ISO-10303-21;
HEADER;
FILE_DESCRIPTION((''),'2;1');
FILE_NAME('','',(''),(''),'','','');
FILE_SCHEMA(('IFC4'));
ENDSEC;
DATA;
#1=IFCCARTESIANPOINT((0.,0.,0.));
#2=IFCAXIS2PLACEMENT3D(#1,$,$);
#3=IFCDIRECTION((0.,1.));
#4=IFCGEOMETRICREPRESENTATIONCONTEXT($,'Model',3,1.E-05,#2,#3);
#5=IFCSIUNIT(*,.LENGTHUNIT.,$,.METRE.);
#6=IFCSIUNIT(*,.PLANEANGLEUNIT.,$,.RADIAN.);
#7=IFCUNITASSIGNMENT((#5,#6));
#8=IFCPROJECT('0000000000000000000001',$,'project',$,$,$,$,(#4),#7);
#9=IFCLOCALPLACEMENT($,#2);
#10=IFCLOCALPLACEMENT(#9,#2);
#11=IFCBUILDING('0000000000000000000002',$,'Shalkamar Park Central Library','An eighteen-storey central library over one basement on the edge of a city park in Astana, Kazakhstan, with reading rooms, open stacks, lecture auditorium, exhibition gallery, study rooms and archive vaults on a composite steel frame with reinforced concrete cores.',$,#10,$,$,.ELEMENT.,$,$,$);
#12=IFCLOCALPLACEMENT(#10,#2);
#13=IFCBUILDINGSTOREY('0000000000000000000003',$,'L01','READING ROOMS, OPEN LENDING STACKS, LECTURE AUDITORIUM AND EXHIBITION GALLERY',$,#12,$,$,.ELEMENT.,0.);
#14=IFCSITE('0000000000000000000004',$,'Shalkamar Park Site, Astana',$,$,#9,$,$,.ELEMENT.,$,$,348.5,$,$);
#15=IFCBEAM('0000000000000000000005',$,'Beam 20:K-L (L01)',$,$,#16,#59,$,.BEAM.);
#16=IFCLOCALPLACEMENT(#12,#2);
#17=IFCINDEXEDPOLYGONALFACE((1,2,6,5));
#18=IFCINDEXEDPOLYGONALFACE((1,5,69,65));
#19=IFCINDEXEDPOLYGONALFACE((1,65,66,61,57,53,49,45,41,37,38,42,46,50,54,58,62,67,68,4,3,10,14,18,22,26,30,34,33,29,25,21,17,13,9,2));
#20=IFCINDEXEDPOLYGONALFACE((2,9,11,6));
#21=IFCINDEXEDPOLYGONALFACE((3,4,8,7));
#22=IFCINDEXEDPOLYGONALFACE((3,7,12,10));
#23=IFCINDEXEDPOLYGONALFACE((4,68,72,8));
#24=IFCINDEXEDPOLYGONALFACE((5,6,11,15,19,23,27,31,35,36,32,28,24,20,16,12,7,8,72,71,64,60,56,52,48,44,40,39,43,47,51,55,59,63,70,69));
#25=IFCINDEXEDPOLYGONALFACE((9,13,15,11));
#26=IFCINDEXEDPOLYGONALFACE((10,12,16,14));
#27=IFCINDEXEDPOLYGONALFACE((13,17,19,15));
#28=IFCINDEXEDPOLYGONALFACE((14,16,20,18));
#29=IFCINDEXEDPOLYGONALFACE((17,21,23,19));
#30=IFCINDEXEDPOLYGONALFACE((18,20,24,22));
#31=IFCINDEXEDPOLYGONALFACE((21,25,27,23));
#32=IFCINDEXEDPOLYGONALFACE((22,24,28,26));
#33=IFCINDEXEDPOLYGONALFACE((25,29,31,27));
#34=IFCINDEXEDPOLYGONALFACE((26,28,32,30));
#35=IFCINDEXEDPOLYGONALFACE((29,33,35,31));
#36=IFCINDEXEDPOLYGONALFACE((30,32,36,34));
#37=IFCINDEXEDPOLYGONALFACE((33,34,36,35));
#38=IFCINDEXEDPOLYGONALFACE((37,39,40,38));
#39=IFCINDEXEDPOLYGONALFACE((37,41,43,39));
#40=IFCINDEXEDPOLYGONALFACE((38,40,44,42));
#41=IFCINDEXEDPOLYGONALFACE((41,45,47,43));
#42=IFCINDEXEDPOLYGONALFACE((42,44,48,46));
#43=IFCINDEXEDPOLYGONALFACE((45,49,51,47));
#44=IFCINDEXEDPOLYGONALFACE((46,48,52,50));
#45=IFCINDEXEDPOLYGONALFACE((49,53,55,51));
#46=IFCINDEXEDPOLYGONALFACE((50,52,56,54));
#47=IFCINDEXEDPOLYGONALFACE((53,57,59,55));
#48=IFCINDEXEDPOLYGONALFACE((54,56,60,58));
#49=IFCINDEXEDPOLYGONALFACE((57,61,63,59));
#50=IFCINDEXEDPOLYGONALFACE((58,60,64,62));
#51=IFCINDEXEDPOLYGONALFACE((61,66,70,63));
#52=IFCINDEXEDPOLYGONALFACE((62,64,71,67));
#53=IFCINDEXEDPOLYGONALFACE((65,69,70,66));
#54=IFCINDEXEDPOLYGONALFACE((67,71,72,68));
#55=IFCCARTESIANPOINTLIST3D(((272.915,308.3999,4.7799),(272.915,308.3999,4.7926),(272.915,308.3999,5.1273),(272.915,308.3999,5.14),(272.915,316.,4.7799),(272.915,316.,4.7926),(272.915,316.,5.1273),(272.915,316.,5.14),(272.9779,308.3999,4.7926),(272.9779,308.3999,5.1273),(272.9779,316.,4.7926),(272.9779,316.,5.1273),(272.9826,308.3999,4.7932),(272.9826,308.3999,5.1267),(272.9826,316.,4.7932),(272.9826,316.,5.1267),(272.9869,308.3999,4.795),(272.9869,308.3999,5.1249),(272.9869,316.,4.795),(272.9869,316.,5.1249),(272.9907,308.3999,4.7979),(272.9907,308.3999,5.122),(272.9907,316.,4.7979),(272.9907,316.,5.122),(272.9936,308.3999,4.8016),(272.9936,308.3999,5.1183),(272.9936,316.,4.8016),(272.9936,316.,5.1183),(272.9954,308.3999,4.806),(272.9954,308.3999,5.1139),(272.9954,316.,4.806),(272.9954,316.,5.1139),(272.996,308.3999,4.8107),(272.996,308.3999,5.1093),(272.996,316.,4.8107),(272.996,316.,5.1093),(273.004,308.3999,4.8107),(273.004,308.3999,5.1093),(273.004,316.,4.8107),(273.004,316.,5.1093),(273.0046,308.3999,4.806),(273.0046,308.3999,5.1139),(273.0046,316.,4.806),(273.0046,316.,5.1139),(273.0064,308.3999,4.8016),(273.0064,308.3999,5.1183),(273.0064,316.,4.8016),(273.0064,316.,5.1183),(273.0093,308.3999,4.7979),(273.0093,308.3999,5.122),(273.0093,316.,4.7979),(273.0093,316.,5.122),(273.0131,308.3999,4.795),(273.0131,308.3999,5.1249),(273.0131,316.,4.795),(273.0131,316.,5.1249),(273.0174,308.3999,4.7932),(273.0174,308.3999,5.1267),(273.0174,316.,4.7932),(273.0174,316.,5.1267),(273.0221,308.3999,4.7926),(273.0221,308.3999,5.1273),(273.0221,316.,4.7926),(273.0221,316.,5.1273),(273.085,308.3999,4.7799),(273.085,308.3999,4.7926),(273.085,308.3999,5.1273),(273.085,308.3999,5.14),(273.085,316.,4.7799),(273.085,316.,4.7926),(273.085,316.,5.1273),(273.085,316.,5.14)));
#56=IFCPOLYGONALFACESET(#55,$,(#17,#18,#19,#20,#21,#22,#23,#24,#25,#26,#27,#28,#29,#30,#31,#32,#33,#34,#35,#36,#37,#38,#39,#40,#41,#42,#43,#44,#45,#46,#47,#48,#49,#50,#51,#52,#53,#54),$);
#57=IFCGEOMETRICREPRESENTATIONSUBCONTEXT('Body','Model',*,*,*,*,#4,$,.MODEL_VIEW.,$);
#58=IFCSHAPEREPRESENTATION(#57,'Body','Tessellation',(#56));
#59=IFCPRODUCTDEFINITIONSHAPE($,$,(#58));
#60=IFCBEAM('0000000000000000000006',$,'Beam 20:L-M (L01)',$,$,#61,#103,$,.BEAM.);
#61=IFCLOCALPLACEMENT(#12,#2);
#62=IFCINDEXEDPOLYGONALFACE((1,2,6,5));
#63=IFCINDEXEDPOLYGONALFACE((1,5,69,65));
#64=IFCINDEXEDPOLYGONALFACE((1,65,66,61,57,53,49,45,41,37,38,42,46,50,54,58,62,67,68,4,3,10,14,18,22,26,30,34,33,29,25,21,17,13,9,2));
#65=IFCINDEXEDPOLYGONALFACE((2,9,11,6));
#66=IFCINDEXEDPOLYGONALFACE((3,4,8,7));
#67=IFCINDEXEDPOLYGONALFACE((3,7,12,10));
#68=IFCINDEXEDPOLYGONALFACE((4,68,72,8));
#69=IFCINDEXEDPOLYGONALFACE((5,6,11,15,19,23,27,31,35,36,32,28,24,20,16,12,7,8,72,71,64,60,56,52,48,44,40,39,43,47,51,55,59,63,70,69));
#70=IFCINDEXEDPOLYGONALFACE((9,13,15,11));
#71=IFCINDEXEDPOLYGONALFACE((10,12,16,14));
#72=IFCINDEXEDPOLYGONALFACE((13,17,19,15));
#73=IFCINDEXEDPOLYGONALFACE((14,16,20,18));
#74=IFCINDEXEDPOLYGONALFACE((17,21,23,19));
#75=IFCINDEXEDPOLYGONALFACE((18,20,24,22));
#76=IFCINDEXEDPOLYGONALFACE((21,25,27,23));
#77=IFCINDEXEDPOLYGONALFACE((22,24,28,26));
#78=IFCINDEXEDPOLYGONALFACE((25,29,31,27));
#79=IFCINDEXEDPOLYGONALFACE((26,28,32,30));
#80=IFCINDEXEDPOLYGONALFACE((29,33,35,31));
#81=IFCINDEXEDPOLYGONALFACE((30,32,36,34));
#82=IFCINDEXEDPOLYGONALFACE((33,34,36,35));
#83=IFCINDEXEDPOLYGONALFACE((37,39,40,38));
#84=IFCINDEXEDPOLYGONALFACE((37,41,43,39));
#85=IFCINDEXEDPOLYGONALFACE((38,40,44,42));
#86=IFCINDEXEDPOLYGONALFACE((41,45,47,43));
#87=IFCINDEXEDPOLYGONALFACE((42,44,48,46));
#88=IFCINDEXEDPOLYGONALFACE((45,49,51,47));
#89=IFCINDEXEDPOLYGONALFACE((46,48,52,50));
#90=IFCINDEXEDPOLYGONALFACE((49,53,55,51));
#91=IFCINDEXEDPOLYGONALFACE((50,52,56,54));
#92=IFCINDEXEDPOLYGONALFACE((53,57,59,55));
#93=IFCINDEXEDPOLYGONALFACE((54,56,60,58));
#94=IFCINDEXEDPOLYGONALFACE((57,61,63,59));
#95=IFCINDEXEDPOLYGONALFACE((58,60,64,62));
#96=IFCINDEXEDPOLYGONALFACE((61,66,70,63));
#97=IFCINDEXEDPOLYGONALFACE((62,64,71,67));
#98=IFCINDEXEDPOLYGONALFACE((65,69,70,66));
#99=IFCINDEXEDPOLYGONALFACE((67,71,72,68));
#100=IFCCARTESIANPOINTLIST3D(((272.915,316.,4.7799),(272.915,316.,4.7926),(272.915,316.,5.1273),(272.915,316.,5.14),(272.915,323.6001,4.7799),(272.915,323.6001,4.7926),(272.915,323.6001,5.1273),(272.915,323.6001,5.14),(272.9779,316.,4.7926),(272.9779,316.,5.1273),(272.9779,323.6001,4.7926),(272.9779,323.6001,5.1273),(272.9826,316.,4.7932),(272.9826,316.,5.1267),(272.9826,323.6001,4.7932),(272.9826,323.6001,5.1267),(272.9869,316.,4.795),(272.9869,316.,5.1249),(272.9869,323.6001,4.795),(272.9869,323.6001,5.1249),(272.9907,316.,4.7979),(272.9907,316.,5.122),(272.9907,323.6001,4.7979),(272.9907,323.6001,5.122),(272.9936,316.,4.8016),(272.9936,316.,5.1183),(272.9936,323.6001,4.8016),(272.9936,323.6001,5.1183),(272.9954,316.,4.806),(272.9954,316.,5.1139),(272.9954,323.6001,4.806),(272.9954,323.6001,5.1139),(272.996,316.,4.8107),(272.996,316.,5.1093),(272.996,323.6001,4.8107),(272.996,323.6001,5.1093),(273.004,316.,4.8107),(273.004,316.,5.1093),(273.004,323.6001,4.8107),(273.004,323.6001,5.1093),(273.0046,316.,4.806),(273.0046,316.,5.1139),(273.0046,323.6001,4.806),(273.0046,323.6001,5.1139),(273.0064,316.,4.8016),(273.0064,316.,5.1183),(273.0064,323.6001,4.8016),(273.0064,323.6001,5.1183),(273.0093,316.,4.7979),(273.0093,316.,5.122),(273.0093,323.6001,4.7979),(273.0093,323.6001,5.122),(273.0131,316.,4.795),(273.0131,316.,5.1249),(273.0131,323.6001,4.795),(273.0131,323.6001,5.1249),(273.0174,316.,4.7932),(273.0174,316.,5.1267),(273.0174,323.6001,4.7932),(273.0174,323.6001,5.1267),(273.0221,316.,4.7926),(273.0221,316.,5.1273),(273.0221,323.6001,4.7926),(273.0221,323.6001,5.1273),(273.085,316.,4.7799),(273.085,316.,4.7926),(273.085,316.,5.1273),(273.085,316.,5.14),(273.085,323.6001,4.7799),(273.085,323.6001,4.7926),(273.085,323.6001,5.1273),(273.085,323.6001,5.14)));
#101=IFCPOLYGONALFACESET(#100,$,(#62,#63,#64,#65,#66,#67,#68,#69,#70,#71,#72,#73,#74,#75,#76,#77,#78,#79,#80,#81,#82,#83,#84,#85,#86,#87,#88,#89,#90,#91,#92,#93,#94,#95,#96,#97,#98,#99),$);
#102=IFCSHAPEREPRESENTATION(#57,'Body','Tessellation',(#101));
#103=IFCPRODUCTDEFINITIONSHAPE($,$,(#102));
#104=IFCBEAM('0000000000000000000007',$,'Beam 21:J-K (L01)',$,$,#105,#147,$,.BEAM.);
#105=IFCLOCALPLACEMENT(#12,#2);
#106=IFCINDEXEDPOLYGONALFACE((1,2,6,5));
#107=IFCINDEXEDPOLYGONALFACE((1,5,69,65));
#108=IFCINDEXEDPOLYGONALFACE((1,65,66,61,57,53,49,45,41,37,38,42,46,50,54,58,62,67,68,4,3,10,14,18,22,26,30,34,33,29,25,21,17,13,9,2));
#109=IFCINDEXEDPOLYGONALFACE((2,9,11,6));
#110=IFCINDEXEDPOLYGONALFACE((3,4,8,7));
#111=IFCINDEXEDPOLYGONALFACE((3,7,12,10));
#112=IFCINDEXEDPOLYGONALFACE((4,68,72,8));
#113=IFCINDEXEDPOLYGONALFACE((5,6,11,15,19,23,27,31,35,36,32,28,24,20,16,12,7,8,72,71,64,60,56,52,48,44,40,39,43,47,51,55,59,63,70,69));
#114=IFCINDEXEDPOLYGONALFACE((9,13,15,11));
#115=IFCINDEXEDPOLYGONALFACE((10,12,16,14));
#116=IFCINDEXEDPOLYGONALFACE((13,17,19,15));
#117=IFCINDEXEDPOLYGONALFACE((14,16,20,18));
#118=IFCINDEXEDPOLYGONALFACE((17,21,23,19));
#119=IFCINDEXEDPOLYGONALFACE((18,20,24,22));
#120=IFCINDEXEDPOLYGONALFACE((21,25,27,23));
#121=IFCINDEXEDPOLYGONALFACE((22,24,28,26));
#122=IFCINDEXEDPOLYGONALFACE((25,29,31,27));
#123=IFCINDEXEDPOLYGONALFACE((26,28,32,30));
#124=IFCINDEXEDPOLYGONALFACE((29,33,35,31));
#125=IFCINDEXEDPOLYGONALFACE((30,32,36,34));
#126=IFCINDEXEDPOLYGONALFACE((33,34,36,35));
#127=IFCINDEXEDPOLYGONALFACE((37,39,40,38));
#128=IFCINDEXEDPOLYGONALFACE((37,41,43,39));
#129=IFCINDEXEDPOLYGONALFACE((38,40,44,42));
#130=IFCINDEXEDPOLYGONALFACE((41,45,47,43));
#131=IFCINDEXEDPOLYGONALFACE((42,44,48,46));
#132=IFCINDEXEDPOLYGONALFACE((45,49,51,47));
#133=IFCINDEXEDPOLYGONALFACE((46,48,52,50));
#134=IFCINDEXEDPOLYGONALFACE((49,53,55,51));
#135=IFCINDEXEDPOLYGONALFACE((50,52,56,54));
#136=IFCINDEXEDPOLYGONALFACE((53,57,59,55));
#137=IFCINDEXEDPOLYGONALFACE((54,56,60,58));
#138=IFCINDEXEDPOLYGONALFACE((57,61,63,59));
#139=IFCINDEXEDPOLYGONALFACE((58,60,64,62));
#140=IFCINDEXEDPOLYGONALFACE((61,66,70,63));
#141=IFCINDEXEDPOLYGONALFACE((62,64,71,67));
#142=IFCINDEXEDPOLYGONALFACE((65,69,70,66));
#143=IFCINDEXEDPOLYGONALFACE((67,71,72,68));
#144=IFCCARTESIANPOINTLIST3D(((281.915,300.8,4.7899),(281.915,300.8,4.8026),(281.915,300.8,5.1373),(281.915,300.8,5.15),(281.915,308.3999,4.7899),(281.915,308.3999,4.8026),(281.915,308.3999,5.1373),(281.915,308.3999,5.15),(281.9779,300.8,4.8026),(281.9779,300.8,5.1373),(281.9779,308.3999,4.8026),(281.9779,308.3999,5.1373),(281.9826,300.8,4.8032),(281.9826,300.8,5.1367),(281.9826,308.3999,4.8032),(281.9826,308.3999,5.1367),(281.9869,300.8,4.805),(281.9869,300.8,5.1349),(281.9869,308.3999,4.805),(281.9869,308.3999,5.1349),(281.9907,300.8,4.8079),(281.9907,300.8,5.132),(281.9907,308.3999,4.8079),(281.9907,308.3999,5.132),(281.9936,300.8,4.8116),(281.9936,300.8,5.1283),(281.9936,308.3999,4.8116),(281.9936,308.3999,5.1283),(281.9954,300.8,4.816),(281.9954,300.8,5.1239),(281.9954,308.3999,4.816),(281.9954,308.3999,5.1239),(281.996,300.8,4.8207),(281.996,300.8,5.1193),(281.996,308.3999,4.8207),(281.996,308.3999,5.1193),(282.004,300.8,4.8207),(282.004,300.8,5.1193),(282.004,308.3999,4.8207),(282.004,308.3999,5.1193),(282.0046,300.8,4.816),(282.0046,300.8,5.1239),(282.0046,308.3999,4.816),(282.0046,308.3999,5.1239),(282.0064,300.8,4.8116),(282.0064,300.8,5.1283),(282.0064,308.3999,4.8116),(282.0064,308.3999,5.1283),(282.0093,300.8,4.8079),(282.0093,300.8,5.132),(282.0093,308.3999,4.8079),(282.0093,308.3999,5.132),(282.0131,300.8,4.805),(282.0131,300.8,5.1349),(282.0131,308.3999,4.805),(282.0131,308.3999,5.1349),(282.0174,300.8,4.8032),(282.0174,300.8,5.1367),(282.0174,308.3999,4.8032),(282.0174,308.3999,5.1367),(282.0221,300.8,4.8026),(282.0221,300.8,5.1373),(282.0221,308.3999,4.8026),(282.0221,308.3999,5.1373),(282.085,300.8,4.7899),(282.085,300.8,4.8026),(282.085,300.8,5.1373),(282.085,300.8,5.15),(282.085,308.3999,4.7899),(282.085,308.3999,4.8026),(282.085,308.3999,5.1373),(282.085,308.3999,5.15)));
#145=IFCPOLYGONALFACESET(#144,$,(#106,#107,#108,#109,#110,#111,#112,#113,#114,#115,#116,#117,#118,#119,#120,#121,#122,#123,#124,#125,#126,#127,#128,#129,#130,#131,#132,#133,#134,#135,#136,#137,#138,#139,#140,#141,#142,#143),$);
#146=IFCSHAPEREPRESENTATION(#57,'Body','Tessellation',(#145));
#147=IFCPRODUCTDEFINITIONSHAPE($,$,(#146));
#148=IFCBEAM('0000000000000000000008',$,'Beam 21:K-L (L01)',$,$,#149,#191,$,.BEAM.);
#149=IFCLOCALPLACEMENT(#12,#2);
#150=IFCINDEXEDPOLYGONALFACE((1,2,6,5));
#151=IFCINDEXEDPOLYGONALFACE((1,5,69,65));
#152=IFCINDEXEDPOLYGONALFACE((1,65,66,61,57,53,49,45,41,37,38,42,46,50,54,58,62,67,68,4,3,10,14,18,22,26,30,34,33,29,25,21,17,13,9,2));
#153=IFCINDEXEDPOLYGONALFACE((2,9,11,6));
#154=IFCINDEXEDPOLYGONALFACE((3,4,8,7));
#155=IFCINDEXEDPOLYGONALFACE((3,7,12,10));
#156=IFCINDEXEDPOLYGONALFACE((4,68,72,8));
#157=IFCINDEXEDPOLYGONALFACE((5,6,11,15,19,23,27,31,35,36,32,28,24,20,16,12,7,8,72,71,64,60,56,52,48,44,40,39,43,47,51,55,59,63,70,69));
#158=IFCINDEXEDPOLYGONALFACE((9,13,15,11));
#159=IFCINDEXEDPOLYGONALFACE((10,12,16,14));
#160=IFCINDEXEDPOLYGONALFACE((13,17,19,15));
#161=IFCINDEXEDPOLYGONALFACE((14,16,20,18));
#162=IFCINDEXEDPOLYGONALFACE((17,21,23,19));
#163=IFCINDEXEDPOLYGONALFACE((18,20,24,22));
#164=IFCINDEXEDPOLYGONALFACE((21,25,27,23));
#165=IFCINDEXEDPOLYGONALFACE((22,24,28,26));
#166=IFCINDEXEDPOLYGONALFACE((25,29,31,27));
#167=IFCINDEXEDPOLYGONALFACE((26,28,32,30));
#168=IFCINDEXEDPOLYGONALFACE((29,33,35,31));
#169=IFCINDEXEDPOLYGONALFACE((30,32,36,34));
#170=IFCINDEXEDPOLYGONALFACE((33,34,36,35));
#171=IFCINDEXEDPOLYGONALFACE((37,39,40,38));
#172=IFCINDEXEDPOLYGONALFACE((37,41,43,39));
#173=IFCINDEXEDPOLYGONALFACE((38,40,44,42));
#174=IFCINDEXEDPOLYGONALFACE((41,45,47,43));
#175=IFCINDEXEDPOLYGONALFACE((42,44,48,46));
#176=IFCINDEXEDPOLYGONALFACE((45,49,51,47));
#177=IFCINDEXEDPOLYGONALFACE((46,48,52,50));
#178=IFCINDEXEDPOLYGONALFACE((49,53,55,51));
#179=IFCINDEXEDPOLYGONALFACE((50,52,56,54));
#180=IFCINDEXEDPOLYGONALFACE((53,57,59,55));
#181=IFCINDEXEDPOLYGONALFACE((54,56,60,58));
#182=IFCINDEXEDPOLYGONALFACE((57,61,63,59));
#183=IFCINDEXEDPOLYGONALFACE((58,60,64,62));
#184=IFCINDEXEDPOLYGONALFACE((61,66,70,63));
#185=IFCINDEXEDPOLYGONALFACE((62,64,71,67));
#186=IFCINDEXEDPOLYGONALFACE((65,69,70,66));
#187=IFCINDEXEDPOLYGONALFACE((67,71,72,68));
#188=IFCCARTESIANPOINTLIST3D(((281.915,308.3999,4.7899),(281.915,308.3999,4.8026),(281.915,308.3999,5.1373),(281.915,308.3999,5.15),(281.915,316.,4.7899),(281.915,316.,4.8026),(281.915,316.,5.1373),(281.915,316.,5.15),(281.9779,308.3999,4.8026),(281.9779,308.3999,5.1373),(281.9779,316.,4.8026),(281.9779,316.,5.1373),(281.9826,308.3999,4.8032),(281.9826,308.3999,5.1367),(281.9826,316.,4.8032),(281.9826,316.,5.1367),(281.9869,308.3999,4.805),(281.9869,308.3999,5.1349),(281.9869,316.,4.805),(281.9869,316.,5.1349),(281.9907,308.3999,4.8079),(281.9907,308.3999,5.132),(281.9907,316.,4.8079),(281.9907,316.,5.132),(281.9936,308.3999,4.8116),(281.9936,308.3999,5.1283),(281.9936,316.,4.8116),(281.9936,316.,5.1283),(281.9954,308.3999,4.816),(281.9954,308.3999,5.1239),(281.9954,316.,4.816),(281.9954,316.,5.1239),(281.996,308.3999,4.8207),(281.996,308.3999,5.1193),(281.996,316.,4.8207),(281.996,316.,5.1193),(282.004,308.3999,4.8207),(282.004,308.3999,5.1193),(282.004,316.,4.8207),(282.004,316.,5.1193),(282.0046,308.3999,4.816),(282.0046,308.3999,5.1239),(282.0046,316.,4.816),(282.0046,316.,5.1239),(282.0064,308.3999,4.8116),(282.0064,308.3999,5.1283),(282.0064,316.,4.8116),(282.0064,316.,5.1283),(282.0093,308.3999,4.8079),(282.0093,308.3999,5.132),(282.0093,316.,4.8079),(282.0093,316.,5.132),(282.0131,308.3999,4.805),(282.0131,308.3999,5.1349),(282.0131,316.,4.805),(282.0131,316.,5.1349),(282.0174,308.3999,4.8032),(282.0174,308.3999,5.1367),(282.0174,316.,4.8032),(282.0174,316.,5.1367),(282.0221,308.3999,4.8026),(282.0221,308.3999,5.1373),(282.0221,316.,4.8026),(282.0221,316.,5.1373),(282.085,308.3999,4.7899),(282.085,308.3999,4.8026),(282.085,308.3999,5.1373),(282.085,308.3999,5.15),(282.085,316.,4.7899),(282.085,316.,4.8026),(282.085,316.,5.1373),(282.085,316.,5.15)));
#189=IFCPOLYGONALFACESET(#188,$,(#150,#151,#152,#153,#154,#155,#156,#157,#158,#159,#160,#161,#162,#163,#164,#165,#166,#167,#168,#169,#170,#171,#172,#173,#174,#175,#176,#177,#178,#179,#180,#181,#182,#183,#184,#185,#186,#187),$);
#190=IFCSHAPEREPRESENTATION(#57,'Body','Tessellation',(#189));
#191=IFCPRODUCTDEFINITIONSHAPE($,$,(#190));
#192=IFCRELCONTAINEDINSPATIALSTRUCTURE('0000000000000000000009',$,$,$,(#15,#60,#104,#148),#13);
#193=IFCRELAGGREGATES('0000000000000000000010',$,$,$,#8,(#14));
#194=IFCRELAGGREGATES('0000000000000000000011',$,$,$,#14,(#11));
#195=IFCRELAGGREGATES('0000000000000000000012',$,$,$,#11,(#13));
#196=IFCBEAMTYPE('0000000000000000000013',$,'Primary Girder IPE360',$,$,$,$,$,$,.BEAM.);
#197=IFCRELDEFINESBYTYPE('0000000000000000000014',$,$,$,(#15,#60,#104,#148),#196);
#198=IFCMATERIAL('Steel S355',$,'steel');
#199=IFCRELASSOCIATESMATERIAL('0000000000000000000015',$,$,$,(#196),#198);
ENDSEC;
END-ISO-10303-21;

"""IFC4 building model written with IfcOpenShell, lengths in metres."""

from ifc_helpers import new_model, si_unit, direction, frame, origin, origin_2d, place, context, subcontext, project, spatial, i_section, extrude, material, material_profile, profile_set, type_object, element, save


model = new_model("IFC4")

# Units and contexts
model_context = context("Model", 3, precision=1e-05, world=origin(), true_north=direction((0.0, 1.0)))
body_context = subcontext(model_context, "Body", "Model", "MODEL_VIEW")
ifc_project = project(units=[si_unit("LENGTHUNIT", "METRE"), si_unit("PLANEANGLEUNIT", "RADIAN")], contexts=[model_context])

# Site, building, storey
site_placement = place(None, origin())
site = spatial("IfcSite", under=ifc_project, at=site_placement, Name="Shalkamar Park Site, Astana", CompositionType="ELEMENT", RefElevation=348.5)
building_placement = place(site_placement, origin())
building = spatial("IfcBuilding", under=site, at=building_placement, Name="Shalkamar Park Central Library", Description="An eighteen-storey central library over one basement on the edge of a city park in Astana, Kazakhstan, with reading rooms, open stacks, lecture auditorium, exhibition gallery, study rooms and archive vaults on a composite steel frame with reinforced concrete cores.", CompositionType="ELEMENT")
storey_placement = place(building_placement, origin())
storey = spatial("IfcBuildingStorey", under=building, at=storey_placement, Name="L01", Description="READING ROOMS, OPEN LENDING STACKS, LECTURE AUDITORIUM AND EXHIBITION GALLERY", CompositionType="ELEMENT", Elevation=0.0)

# Shared definitions
ifc_material_1 = material(Name="Steel S355", Category="steel")

# Beams
ifc_material_profile_1 = material_profile(ifc_material_1, i_section(OverallWidth=0.1699, OverallDepth=0.3601, WebThickness=0.0081, FlangeThickness=0.0127, FilletRadius=0.0181, at=origin_2d()), Name="IPE 360")
ifc_profile_set_1 = profile_set([ifc_material_profile_1], Name="Steel S355")
beam_type_1 = type_object("IfcBeamType", Name="Primary Girder IPE360", PredefinedType="BEAM", material=ifc_profile_set_1)
for number, where, z_axis, x_axis, name in (
    (1, (273.0, 308.3999, 4.96), (0.0, 1.0, 0.0), (-1.0, 0.0, 0.0), "Beam 20:K-L (L01)"),
    (2, (273.0, 316.0, 4.96), (0.0, 1.0, 0.0), (-1.0, 0.0, 0.0), "Beam 20:L-M (L01)"),
):
    element("IfcBeam", number, at=place(storey_placement, frame(where, z_axis=z_axis, x_axis=x_axis)), inside=storey, type_object=beam_type_1, Name=name, PredefinedType="BEAM", context=body_context, shape_type="SweptSolid", body=[
        extrude(i_section(OverallWidth=0.1699, OverallDepth=0.3601, WebThickness=0.0081, FlangeThickness=0.0127, FilletRadius=0.0181, at=origin_2d()), origin(), (0.0, 0.0, 1.0), 7.6001),
    ])
beam_1_placement = place(storey_placement, frame((282.0, 300.8, 4.97), z_axis=(0.0, 1.0, 0.0), x_axis=(-1.0, 0.0, 0.0)))
element("IfcBeam", 3, at=beam_1_placement, inside=storey, type_object=beam_type_1, Name="Beam 21:J-K (L01)", PredefinedType="BEAM", context=body_context, shape_type="SweptSolid", body=[
    extrude(i_section(OverallWidth=0.1699, OverallDepth=0.3601, WebThickness=0.0081, FlangeThickness=0.0127, FilletRadius=0.0181, at=origin_2d()), origin(), (0.0, 0.0, 1.0), 7.5999),
])
for number, where, z_axis, x_axis, name in (
    (4, (282.0, 308.3999, 4.97), (0.0, 1.0, 0.0), (-1.0, 0.0, 0.0), "Beam 21:K-L (L01)"),
):
    element("IfcBeam", number, at=place(storey_placement, frame(where, z_axis=z_axis, x_axis=x_axis)), inside=storey, type_object=beam_type_1, Name=name, PredefinedType="BEAM", context=body_context, shape_type="SweptSolid", body=[
        extrude(i_section(OverallWidth=0.1699, OverallDepth=0.3601, WebThickness=0.0081, FlangeThickness=0.0127, FilletRadius=0.0181, at=origin_2d()), origin(), (0.0, 0.0, 1.0), 7.6001),
    ])

save(model, "model.ifc")
